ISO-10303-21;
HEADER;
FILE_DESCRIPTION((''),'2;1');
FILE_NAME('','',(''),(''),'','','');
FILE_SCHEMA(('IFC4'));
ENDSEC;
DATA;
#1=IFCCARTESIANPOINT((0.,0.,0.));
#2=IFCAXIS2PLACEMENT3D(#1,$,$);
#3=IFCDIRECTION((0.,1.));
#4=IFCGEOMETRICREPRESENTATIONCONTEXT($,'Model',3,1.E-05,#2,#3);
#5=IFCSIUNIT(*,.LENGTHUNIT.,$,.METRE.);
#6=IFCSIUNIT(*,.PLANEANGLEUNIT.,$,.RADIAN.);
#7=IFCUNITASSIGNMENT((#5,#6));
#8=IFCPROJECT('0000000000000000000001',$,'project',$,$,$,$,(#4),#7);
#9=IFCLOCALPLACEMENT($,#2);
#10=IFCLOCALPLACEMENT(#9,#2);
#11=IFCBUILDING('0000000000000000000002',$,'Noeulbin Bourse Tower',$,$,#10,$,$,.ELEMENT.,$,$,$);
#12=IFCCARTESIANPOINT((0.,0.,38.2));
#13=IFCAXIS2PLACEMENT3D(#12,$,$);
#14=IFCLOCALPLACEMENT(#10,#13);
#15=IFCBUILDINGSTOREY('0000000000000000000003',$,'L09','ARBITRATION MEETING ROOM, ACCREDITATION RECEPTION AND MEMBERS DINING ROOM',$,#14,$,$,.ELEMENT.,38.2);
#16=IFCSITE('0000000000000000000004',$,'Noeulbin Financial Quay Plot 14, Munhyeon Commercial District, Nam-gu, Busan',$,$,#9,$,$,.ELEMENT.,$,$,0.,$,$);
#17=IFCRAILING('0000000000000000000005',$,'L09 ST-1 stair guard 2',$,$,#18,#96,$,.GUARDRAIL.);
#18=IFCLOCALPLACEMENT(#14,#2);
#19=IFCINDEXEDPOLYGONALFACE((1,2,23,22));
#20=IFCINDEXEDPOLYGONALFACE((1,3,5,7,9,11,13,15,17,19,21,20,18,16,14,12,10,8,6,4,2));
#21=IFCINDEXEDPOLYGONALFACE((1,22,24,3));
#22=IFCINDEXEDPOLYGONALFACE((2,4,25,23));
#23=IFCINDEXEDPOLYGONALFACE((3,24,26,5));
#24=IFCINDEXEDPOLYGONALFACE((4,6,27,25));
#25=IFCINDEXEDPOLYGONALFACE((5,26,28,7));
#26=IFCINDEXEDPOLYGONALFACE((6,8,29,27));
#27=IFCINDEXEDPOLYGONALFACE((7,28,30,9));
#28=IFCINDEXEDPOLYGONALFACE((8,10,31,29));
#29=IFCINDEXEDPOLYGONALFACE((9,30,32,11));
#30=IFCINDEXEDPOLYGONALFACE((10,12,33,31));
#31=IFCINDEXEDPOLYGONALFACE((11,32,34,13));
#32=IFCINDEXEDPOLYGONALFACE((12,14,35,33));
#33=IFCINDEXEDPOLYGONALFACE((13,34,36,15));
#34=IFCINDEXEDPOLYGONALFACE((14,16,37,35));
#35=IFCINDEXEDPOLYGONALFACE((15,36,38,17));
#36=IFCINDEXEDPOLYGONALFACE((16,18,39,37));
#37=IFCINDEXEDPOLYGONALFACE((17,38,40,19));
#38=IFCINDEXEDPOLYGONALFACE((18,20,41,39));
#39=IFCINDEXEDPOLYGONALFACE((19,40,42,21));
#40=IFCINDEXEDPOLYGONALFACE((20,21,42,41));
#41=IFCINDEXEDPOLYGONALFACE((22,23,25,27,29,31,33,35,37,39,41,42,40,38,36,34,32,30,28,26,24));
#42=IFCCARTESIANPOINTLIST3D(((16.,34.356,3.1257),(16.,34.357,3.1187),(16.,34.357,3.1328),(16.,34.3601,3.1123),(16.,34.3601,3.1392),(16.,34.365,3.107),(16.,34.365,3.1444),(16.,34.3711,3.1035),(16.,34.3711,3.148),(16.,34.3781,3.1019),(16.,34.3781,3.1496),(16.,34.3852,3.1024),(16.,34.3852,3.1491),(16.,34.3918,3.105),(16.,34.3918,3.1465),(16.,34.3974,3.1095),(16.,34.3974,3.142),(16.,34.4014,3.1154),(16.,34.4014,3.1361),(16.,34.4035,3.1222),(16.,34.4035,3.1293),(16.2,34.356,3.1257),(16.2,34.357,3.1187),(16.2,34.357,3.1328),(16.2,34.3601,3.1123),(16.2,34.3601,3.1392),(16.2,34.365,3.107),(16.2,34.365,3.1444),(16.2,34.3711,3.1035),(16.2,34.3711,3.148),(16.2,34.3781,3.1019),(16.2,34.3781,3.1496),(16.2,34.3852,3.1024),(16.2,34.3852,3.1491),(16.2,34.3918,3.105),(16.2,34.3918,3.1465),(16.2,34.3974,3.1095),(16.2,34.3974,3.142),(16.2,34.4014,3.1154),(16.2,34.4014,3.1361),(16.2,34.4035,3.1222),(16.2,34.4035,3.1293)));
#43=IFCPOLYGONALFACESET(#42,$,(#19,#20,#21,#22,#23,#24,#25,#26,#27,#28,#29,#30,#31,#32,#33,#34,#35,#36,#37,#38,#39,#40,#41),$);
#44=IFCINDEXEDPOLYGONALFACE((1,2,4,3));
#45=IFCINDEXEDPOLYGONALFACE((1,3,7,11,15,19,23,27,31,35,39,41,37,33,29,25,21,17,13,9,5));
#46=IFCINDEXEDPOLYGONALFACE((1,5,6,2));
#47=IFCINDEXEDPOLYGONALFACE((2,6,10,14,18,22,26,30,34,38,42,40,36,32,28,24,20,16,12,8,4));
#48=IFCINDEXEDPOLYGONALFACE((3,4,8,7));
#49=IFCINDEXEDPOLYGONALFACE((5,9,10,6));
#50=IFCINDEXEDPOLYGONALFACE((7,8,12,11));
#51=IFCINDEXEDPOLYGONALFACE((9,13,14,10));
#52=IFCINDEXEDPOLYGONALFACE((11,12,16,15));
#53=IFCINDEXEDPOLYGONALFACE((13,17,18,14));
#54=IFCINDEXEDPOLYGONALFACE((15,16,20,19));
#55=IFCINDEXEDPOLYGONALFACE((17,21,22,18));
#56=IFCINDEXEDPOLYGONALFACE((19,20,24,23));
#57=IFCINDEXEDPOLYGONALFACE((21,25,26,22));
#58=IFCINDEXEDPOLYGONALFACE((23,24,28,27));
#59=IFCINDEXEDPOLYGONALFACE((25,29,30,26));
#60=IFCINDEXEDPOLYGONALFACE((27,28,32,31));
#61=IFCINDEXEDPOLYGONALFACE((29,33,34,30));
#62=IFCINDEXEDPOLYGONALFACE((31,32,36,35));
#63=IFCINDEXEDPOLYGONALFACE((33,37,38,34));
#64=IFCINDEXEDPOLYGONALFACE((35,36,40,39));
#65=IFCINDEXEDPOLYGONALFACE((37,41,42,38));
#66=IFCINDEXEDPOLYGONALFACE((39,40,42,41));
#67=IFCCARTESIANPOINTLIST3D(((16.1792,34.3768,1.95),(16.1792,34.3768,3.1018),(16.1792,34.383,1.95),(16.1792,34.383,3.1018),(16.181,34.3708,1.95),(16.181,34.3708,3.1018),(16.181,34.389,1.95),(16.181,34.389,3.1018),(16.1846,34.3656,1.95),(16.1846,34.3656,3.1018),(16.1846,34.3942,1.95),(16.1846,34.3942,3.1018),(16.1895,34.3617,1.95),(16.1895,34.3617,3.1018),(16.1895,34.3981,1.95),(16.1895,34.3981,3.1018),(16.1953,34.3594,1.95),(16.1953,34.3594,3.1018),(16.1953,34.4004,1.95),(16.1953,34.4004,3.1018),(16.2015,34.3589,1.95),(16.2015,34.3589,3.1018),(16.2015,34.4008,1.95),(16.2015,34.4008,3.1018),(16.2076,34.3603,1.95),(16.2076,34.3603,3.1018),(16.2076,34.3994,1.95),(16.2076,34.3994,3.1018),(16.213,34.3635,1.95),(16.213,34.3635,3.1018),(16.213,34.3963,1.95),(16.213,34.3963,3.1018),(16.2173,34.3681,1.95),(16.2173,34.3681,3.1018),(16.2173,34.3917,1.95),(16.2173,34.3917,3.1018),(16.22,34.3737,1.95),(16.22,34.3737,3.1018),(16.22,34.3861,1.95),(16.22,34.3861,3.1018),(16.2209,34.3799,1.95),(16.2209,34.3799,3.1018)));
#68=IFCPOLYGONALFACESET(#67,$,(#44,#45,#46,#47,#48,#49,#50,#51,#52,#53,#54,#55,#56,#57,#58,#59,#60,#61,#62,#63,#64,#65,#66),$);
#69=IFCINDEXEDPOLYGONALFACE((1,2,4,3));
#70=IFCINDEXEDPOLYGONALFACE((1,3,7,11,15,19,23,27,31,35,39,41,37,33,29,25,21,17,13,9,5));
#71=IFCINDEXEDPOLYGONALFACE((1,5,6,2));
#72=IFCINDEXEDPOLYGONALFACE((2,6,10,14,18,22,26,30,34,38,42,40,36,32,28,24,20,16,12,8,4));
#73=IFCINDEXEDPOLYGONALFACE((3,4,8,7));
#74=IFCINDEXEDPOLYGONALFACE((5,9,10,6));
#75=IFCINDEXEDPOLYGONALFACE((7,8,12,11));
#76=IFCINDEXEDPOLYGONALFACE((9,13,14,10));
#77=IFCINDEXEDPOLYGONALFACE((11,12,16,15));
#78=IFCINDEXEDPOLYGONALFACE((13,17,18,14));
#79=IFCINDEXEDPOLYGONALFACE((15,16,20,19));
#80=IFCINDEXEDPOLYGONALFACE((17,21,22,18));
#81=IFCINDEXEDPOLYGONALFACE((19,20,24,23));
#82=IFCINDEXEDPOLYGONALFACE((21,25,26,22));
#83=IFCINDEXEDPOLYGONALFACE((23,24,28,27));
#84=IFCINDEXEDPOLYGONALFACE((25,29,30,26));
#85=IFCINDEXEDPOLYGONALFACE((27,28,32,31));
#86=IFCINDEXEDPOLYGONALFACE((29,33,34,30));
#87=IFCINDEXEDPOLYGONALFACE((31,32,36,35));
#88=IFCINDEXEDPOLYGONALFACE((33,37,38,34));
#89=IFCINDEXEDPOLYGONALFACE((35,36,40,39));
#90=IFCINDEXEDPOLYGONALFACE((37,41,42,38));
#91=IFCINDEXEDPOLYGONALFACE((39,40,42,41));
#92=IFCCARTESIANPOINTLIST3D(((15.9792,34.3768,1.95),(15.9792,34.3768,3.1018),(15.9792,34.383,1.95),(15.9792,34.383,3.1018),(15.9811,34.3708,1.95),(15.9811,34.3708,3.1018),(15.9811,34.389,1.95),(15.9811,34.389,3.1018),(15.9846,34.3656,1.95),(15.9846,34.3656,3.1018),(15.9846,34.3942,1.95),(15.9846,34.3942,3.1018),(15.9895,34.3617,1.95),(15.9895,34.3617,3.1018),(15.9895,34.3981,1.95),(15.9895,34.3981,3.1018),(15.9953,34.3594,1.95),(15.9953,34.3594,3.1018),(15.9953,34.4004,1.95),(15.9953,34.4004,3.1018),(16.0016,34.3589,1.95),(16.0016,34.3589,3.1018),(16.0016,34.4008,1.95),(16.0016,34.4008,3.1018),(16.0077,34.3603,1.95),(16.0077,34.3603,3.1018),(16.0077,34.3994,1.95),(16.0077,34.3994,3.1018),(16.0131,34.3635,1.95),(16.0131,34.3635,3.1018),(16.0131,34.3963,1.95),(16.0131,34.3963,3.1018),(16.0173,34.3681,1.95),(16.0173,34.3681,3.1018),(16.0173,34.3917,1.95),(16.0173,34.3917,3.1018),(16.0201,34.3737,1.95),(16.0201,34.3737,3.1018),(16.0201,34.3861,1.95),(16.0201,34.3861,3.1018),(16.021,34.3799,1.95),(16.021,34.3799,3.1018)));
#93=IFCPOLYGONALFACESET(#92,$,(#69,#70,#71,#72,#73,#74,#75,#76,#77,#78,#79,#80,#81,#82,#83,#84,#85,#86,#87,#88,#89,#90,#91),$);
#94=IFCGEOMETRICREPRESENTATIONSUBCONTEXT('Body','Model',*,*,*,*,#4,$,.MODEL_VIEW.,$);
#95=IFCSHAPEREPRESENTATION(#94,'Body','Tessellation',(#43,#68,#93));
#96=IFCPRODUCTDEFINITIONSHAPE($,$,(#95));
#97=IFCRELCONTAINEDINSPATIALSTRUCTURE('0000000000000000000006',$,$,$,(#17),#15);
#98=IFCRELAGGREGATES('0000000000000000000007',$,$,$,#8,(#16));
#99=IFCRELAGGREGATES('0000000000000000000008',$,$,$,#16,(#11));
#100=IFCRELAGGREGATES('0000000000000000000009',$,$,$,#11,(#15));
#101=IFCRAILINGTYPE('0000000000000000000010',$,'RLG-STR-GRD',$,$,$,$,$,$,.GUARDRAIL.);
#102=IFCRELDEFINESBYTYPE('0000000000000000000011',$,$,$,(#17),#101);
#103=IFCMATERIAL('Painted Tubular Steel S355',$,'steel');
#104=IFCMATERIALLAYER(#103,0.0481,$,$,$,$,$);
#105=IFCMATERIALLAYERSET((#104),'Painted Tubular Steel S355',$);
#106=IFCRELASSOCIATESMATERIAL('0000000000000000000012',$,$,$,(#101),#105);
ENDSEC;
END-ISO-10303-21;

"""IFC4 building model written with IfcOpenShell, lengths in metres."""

from ifc_helpers import new_model, si_unit, direction, frame, origin, origin_2d, place, context, subcontext, project, spatial, circle, extrude, material, layer, layer_set, type_object, element, save


model = new_model("IFC4")

# Units and contexts
model_context = context("Model", 3, precision=1e-05, world=origin(), true_north=direction((0.0, 1.0)))
body_context = subcontext(model_context, "Body", "Model", "MODEL_VIEW")
ifc_project = project(units=[si_unit("LENGTHUNIT", "METRE"), si_unit("PLANEANGLEUNIT", "RADIAN")], contexts=[model_context])

# Site, building, storey
site_placement = place(None, origin())
site = spatial("IfcSite", under=ifc_project, at=site_placement, Name="Noeulbin Financial Quay Plot 14, Munhyeon Commercial District, Nam-gu, Busan", CompositionType="ELEMENT", RefElevation=0.0)
building_placement = place(site_placement, origin())
building = spatial("IfcBuilding", under=site, at=building_placement, Name="Noeulbin Bourse Tower", CompositionType="ELEMENT")
storey_placement = place(building_placement, frame((0.0, 0.0, 38.2)))
storey = spatial("IfcBuildingStorey", under=building, at=storey_placement, Name="L09", Description="ARBITRATION MEETING ROOM, ACCREDITATION RECEPTION AND MEMBERS DINING ROOM", CompositionType="ELEMENT", Elevation=38.2)

# Railing
ifc_material_1 = material(Name="Painted Tubular Steel S355", Category="steel")
ifc_layer_1 = layer(ifc_material_1, 0.0481)
ifc_layer_set_1 = layer_set([ifc_layer_1], Name="Painted Tubular Steel S355")
railing_type_1 = type_object("IfcRailingType", Name="RLG-STR-GRD", PredefinedType="GUARDRAIL", material=ifc_layer_set_1)
railing_1_placement = place(storey_placement, frame((16.2, 34.3799, 1.95)))
element("IfcRailing", 1, at=railing_1_placement, inside=storey, type_object=railing_type_1, Name="L09 ST-1 stair guard 2", PredefinedType="GUARDRAIL", context=body_context, shape_type="SweptSolid", body=[
    extrude(circle(Radius=0.0239, at=origin_2d()), frame((0.0, 0.0, 1.1758), z_axis=(-1.0, 0.0, 0.0), x_axis=(0.0, -1.0, 0.0)), (0.0, 0.0, 1.0), 0.2),
    extrude(circle(Radius=0.021, at=origin_2d()), origin(), (0.0, 0.0, 1.0), 1.1519),
    extrude(circle(Radius=0.021, at=origin_2d()), frame((-0.2, 0.0, 0.0)), (0.0, 0.0, 1.0), 1.1519),
])

save(model, "model.ifc")
